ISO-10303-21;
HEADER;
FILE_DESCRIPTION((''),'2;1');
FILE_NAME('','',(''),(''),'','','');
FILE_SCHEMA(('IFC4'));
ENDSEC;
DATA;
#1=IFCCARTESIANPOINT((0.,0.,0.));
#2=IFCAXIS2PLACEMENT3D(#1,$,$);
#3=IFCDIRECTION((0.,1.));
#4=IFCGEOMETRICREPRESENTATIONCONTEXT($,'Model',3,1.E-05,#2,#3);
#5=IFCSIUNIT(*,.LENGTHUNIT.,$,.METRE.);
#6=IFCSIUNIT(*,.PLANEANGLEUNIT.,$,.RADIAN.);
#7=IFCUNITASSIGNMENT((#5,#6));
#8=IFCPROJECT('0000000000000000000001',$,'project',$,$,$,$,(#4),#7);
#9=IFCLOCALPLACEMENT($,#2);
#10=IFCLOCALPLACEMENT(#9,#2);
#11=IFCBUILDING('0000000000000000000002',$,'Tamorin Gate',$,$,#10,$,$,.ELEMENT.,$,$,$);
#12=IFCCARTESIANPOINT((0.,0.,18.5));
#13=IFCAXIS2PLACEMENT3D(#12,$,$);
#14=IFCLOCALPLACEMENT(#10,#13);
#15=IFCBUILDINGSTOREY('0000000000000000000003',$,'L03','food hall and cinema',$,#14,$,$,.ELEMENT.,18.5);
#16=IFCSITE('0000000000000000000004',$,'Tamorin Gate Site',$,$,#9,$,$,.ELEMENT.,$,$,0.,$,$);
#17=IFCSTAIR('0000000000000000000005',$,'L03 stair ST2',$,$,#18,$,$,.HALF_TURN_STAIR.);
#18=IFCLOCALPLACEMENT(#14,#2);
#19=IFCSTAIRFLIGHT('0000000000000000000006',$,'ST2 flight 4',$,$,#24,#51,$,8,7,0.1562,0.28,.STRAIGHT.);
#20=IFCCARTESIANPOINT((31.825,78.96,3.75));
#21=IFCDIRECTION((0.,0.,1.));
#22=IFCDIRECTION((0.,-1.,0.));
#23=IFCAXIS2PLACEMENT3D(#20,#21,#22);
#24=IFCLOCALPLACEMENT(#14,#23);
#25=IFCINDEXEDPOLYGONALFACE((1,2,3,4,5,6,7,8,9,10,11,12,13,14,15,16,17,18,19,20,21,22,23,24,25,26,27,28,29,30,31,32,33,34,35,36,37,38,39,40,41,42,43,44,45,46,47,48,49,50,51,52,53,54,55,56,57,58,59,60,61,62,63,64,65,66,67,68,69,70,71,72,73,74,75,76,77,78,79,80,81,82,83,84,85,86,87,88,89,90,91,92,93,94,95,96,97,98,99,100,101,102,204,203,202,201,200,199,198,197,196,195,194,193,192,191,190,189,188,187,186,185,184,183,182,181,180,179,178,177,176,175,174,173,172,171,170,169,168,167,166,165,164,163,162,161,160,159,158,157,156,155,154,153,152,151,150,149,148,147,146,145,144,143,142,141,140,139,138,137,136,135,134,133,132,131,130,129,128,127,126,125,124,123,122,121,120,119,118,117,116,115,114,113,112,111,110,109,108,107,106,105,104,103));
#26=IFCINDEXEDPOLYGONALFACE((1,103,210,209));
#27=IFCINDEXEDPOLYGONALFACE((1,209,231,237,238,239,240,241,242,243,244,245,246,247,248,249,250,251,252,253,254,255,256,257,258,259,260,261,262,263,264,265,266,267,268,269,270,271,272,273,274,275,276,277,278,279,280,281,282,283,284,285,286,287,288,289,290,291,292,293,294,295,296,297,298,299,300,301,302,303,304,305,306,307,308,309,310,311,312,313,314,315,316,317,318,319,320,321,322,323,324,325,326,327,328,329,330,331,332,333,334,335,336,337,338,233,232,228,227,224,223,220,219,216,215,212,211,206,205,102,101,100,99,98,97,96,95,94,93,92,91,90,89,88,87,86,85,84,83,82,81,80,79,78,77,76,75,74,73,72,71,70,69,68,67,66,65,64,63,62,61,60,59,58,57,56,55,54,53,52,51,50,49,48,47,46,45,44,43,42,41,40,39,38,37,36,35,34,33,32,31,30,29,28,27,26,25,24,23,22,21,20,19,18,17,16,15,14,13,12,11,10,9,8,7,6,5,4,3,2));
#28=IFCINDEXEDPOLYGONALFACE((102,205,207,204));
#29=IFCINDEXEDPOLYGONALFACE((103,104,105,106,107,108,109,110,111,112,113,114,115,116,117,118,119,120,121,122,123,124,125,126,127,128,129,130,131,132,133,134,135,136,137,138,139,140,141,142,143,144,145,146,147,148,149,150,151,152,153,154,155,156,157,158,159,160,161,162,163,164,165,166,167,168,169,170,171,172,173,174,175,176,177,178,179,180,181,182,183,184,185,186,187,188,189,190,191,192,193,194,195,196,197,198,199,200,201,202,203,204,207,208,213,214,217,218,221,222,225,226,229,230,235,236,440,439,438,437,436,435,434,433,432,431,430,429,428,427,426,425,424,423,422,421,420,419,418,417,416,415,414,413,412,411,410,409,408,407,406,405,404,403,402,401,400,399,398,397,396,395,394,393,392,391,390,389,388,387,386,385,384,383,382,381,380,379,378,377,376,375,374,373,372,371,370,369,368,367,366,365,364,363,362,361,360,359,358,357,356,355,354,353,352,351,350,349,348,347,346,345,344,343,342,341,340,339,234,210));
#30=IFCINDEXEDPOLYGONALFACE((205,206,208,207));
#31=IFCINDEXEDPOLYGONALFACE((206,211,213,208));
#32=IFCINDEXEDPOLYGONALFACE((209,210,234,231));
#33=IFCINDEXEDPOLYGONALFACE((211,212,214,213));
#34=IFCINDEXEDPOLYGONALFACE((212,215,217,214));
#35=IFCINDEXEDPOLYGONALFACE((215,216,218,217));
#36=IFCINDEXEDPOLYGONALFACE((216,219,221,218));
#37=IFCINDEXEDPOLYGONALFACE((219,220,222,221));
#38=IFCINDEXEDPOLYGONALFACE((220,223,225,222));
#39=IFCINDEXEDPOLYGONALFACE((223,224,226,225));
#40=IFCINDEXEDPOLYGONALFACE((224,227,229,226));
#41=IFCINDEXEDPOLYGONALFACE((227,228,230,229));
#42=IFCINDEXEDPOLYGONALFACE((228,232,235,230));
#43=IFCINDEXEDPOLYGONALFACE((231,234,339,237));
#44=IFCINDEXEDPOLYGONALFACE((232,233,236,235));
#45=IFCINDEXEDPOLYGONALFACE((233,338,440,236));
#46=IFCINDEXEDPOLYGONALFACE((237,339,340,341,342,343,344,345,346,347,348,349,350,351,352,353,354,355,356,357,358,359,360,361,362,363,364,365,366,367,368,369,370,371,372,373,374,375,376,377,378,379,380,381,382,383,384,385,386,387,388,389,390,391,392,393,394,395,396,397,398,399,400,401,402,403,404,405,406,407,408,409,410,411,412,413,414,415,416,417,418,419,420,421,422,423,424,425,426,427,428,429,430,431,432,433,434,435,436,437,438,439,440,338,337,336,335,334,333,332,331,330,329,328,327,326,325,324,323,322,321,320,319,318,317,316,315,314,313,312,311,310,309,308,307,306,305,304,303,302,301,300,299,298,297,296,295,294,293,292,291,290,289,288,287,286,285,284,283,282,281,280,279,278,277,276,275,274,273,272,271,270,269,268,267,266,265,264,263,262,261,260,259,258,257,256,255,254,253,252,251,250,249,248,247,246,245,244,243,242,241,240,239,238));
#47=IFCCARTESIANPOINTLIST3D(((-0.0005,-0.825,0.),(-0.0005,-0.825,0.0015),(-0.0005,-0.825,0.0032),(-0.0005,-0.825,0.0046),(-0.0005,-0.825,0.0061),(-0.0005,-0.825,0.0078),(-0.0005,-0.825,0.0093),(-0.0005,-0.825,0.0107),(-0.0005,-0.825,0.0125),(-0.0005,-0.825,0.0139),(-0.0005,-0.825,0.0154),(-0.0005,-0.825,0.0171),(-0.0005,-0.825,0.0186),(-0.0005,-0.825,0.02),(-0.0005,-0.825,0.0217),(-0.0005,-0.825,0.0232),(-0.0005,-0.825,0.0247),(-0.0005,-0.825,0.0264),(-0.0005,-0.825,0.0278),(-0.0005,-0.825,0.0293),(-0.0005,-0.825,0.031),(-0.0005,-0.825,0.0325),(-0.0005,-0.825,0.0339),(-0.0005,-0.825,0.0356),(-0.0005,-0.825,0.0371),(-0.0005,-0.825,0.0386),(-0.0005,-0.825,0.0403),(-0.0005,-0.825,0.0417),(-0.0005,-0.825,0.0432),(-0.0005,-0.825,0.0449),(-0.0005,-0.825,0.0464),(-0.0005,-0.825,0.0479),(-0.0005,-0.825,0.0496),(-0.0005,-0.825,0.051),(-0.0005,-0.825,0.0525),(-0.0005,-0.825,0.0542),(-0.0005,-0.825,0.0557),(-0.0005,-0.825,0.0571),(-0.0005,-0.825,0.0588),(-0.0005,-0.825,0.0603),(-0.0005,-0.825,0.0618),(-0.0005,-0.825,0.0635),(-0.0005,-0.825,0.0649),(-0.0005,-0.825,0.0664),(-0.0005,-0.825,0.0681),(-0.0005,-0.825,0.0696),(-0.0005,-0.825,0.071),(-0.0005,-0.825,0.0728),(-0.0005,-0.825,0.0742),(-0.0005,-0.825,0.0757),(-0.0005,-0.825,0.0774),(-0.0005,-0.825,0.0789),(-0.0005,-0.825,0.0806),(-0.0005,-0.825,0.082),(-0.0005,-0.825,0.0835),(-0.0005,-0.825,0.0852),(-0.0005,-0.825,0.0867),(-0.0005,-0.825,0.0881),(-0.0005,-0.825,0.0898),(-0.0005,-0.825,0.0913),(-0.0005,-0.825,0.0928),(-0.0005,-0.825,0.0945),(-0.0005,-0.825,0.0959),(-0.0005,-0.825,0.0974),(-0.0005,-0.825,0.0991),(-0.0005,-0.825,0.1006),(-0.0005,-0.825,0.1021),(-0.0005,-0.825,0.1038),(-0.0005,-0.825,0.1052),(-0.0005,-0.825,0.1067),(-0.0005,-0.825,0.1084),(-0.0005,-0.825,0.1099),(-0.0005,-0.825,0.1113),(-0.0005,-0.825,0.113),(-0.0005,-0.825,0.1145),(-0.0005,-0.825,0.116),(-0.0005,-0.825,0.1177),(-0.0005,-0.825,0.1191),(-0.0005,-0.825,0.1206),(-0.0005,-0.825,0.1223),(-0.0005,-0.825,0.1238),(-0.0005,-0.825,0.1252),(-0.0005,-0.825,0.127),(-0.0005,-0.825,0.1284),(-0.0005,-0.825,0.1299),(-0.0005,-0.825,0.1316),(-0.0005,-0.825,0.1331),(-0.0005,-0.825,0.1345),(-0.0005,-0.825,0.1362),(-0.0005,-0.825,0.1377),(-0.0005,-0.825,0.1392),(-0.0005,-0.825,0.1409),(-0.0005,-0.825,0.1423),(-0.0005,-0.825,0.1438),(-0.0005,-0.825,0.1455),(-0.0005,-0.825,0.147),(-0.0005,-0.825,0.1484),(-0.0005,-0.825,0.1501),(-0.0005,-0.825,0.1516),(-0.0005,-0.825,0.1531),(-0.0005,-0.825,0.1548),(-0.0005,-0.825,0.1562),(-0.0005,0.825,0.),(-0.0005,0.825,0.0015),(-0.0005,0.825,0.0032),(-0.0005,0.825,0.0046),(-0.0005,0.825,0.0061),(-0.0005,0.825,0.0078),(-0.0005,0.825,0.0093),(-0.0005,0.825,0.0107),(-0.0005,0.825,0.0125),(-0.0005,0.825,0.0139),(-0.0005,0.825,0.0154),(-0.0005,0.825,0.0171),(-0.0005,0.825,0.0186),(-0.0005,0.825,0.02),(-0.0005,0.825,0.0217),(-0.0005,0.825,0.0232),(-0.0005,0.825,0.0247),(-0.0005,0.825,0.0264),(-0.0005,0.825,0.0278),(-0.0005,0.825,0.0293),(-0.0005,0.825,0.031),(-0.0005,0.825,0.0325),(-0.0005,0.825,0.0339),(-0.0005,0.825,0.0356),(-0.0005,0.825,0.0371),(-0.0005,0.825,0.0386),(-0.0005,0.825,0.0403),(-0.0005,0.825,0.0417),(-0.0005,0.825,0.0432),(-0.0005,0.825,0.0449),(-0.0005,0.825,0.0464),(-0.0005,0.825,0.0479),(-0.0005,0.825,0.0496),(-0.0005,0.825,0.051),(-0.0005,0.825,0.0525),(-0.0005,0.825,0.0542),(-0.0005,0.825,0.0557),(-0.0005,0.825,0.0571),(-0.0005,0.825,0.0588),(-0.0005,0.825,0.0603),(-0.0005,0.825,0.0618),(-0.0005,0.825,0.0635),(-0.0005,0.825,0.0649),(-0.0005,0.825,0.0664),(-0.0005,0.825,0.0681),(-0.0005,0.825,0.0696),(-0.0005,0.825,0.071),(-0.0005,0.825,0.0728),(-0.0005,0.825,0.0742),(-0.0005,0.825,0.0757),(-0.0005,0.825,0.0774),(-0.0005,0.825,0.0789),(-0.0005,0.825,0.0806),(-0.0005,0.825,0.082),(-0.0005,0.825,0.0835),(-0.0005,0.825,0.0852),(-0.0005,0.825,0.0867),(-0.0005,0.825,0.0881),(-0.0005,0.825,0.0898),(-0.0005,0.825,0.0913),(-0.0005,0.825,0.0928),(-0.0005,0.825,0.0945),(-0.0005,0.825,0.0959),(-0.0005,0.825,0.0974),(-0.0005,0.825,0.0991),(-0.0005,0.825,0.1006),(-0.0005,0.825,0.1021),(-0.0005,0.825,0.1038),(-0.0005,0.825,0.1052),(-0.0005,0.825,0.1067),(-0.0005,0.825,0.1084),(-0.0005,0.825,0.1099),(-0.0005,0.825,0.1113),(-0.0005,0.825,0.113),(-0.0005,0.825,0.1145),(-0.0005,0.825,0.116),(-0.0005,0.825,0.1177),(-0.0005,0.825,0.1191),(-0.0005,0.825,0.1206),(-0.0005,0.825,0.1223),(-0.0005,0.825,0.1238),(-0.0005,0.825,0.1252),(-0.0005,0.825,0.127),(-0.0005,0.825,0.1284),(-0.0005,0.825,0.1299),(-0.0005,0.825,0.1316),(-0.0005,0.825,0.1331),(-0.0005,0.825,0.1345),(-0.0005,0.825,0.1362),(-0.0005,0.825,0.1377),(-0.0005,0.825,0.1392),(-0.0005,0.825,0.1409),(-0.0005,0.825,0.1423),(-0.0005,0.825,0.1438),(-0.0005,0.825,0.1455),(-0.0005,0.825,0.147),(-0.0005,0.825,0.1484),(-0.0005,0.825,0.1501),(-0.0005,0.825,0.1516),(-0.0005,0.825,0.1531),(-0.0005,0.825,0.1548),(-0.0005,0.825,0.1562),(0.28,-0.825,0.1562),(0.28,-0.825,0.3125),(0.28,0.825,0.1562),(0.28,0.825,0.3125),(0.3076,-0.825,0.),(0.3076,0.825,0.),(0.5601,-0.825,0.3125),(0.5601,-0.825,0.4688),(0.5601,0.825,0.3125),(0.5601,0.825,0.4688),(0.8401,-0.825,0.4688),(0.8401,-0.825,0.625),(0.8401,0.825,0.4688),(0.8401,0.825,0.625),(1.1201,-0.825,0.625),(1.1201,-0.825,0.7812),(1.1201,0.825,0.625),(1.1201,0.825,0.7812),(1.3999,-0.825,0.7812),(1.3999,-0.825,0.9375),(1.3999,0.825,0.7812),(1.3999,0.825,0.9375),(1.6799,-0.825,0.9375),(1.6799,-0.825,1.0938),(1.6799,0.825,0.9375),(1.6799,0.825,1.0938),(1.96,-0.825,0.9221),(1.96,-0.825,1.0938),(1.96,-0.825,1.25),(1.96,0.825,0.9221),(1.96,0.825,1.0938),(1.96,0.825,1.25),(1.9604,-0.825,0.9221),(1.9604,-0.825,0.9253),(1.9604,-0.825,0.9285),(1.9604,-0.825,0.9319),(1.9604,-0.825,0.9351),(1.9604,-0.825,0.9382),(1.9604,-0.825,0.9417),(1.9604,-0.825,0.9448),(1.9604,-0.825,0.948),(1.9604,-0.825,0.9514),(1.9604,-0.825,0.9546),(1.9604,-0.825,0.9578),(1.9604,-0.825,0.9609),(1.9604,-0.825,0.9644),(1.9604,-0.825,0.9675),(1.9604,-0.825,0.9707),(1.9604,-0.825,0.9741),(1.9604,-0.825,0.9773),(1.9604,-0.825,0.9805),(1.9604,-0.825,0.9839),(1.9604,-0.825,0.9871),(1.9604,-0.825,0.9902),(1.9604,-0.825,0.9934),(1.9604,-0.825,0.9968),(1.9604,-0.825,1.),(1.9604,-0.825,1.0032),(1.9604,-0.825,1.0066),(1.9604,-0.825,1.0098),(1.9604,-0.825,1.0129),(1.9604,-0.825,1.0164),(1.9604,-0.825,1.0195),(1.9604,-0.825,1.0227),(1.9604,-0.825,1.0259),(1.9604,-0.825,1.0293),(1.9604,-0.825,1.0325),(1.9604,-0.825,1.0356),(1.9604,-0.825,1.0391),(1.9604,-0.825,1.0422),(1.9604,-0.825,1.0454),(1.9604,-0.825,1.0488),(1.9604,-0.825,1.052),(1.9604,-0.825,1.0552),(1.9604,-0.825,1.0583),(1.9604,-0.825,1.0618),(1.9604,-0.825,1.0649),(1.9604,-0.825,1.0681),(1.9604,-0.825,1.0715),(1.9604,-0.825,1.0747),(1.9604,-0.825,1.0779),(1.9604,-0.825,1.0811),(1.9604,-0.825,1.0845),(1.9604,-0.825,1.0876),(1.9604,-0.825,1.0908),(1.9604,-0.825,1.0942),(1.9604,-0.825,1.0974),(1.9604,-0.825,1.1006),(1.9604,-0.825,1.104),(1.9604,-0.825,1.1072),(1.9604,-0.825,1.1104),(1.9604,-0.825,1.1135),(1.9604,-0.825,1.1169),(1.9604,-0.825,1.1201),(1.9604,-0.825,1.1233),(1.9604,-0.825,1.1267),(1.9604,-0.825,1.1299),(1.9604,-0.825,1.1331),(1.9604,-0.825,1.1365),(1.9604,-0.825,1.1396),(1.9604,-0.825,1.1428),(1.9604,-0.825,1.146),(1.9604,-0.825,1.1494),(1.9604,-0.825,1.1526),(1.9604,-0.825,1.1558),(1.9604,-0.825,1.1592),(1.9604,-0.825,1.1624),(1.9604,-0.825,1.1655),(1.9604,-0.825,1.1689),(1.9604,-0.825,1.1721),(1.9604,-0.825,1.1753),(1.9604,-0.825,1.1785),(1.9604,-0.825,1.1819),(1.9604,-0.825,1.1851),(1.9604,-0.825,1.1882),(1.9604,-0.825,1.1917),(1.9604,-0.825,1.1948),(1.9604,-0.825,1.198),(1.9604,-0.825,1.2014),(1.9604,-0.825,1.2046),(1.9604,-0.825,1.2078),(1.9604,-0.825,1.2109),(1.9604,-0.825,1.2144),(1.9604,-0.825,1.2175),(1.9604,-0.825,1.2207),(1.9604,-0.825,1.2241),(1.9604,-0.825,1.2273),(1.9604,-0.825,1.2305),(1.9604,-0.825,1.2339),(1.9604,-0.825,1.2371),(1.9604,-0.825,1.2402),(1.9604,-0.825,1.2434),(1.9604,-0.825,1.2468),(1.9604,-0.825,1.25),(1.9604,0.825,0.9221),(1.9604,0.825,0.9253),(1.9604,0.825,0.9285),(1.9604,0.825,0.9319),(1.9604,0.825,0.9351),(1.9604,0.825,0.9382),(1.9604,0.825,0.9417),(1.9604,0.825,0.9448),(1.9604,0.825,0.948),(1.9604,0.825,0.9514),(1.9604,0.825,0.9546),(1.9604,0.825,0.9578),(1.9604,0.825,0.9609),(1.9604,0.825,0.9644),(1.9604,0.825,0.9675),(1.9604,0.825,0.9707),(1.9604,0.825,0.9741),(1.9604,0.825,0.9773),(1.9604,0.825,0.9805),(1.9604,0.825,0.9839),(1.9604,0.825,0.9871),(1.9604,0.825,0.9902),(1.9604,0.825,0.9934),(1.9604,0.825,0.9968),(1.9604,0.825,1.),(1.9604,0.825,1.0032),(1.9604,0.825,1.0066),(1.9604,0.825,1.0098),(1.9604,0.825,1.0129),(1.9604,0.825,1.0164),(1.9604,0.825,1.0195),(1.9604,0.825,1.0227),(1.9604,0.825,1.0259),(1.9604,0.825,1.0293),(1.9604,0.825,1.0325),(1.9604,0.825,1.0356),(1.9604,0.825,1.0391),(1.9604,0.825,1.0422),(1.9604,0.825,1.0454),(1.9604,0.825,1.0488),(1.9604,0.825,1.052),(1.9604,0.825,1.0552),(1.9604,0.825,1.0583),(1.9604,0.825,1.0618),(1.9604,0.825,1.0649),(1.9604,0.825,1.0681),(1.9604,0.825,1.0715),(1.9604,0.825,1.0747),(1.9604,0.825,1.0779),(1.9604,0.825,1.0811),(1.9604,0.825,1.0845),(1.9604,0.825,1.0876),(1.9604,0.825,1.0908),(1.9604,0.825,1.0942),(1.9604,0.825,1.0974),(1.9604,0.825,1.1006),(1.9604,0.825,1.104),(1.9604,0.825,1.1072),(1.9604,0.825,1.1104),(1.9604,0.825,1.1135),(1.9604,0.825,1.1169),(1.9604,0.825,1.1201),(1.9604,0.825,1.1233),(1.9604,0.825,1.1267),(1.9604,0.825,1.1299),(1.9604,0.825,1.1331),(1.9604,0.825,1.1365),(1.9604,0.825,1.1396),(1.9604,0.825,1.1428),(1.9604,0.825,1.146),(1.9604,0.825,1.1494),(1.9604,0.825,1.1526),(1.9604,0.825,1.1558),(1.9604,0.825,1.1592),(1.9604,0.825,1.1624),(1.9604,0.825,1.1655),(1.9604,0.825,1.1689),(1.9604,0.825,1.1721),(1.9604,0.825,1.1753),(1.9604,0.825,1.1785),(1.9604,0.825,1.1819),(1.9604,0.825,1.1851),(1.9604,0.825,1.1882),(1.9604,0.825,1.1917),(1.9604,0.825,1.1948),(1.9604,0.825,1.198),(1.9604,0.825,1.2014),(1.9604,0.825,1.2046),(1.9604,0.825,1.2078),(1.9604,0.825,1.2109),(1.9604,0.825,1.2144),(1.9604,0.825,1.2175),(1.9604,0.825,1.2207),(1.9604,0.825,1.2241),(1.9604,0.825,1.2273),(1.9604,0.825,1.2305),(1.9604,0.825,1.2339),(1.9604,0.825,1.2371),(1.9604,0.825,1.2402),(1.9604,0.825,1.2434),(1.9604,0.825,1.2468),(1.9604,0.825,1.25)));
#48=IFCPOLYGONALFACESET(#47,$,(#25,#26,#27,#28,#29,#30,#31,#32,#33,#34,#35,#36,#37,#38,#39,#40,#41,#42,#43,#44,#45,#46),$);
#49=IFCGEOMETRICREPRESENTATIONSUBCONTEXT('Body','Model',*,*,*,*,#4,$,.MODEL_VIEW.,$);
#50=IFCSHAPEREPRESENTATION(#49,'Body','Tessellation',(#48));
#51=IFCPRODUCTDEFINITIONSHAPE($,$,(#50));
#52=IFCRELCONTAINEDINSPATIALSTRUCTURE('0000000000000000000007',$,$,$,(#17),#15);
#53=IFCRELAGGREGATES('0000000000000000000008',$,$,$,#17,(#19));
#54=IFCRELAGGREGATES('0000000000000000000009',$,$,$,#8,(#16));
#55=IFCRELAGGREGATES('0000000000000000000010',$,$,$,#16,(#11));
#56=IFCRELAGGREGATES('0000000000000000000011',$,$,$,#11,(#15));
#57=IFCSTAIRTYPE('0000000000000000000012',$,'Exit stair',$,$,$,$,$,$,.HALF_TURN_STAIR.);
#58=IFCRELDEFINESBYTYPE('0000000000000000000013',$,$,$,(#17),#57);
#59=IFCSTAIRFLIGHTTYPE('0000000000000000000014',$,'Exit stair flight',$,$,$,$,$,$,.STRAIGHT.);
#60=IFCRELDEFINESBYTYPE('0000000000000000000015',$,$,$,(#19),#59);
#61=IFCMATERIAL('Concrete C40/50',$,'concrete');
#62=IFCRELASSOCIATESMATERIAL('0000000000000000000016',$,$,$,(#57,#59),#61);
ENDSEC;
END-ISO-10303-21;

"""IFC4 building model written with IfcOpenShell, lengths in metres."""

from ifc_helpers import new_model, si_unit, direction, frame, origin, place, context, subcontext, project, spatial, polyline, outline, extrude, material, type_object, element, aggregate, save


model = new_model("IFC4")

# Units and contexts
model_context = context("Model", 3, precision=1e-05, world=origin(), true_north=direction((0.0, 1.0)))
body_context = subcontext(model_context, "Body", "Model", "MODEL_VIEW")
ifc_project = project(units=[si_unit("LENGTHUNIT", "METRE"), si_unit("PLANEANGLEUNIT", "RADIAN")], contexts=[model_context])

# Site, building, storey
site_placement = place(None, origin())
site = spatial("IfcSite", under=ifc_project, at=site_placement, Name="Tamorin Gate Site", CompositionType="ELEMENT", RefElevation=0.0)
building_placement = place(site_placement, origin())
building = spatial("IfcBuilding", under=site, at=building_placement, Name="Tamorin Gate", CompositionType="ELEMENT")
storey_placement = place(building_placement, frame((0.0, 0.0, 18.5)))
storey = spatial("IfcBuildingStorey", under=building, at=storey_placement, Name="L03", Description="food hall and cinema", CompositionType="ELEMENT", Elevation=18.5)

# Stair, stair flight
ifc_material_1 = material(Name="Concrete C40/50", Category="concrete")
stair_type = type_object("IfcStairType", Name="Exit stair", PredefinedType="HALF_TURN_STAIR", material=ifc_material_1)
stair_placement = place(storey_placement, origin())
stair = element("IfcStair", 1, at=stair_placement, inside=storey, type_object=stair_type, Name="L03 stair ST2", PredefinedType="HALF_TURN_STAIR")
stair_flight_type = type_object("IfcStairFlightType", Name="Exit stair flight", PredefinedType="STRAIGHT", material=ifc_material_1)
stair_flight_1_placement = place(storey_placement, frame((31.825, 78.96, 3.75), z_axis=(0.0, 0.0, 1.0), x_axis=(0.0, -1.0, 0.0)))
stair_flight_1 = element("IfcStairFlight", 2, at=stair_flight_1_placement, type_object=stair_flight_type, Name="ST2 flight 4", NumberOfRisers=8, NumberOfTreads=7, PredefinedType="STRAIGHT", RiserHeight=0.1562, TreadLength=0.28, context=body_context, shape_type="SweptSolid", body=[
    extrude(outline(polyline([(-0.0005, 0.0), (-0.0005, 0.0015), (-0.0005, 0.0032), (-0.0005, 0.0046), (-0.0005, 0.0061), (-0.0005, 0.0078), (-0.0005, 0.0093), (-0.0005, 0.0107), (-0.0005, 0.0125), (-0.0005, 0.0139), (-0.0005, 0.0154), (-0.0005, 0.0171), (-0.0005, 0.0186), (-0.0005, 0.02), (-0.0005, 0.0217), (-0.0005, 0.0232), (-0.0005, 0.0247), (-0.0005, 0.0264), (-0.0005, 0.0278), (-0.0005, 0.0293), (-0.0005, 0.031), (-0.0005, 0.0325), (-0.0005, 0.0339), (-0.0005, 0.0356), (-0.0005, 0.0371), (-0.0005, 0.0386), (-0.0005, 0.0403), (-0.0005, 0.0417), (-0.0005, 0.0432), (-0.0005, 0.0449), (-0.0005, 0.0464), (-0.0005, 0.0479), (-0.0005, 0.0496), (-0.0005, 0.051), (-0.0005, 0.0525), (-0.0005, 0.0542), (-0.0005, 0.0557), (-0.0005, 0.0571), (-0.0005, 0.0588), (-0.0005, 0.0603), (-0.0005, 0.0618), (-0.0005, 0.0635), (-0.0005, 0.0649), (-0.0005, 0.0664), (-0.0005, 0.0681), (-0.0005, 0.0696), (-0.0005, 0.071), (-0.0005, 0.0728), (-0.0005, 0.0742), (-0.0005, 0.0757), (-0.0005, 0.0774), (-0.0005, 0.0789), (-0.0005, 0.0806), (-0.0005, 0.082), (-0.0005, 0.0835), (-0.0005, 0.0852), (-0.0005, 0.0867), (-0.0005, 0.0881), (-0.0005, 0.0898), (-0.0005, 0.0913), (-0.0005, 0.0928), (-0.0005, 0.0945), (-0.0005, 0.0959), (-0.0005, 0.0974), (-0.0005, 0.0991), (-0.0005, 0.1006), (-0.0005, 0.1021), (-0.0005, 0.1038), (-0.0005, 0.1052), (-0.0005, 0.1067), (-0.0005, 0.1084), (-0.0005, 0.1099), (-0.0005, 0.1113), (-0.0005, 0.113), (-0.0005, 0.1145), (-0.0005, 0.116), (-0.0005, 0.1177), (-0.0005, 0.1191), (-0.0005, 0.1206), (-0.0005, 0.1223), (-0.0005, 0.1238), (-0.0005, 0.1252), (-0.0005, 0.127), (-0.0005, 0.1284), (-0.0005, 0.1299), (-0.0005, 0.1316), (-0.0005, 0.1331), (-0.0005, 0.1345), (-0.0005, 0.1362), (-0.0005, 0.1377), (-0.0005, 0.1392), (-0.0005, 0.1409), (-0.0005, 0.1423), (-0.0005, 0.1438), (-0.0005, 0.1455), (-0.0005, 0.147), (-0.0005, 0.1484), (-0.0005, 0.1501), (-0.0005, 0.1516), (-0.0005, 0.1531), (-0.0005, 0.1548), (-0.0005, 0.1562), (0.28, 0.1562), (0.28, 0.3125), (0.5601, 0.3125), (0.5601, 0.4688), (0.8401, 0.4688), (0.8401, 0.625), (1.1201, 0.625), (1.1201, 0.7812), (1.3999, 0.7812), (1.3999, 0.9375), (1.6799, 0.9375), (1.6799, 1.0938), (1.96, 1.0938), (1.96, 1.25), (1.9604, 1.25), (1.9604, 1.2468), (1.9604, 1.2434), (1.9604, 1.2402), (1.9604, 1.2371), (1.9604, 1.2339), (1.9604, 1.2305), (1.9604, 1.2273), (1.9604, 1.2241), (1.9604, 1.2207), (1.9604, 1.2175), (1.9604, 1.2144), (1.9604, 1.2109), (1.9604, 1.2078), (1.9604, 1.2046), (1.9604, 1.2014), (1.9604, 1.198), (1.9604, 1.1948), (1.9604, 1.1917), (1.9604, 1.1882), (1.9604, 1.1851), (1.9604, 1.1819), (1.9604, 1.1785), (1.9604, 1.1753), (1.9604, 1.1721), (1.9604, 1.1689), (1.9604, 1.1655), (1.9604, 1.1624), (1.9604, 1.1592), (1.9604, 1.1558), (1.9604, 1.1526), (1.9604, 1.1494), (1.9604, 1.146), (1.9604, 1.1428), (1.9604, 1.1396), (1.9604, 1.1365), (1.9604, 1.1331), (1.9604, 1.1299), (1.9604, 1.1267), (1.9604, 1.1233), (1.9604, 1.1201), (1.9604, 1.1169), (1.9604, 1.1135), (1.9604, 1.1104), (1.9604, 1.1072), (1.9604, 1.104), (1.9604, 1.1006), (1.9604, 1.0974), (1.9604, 1.0942), (1.9604, 1.0908), (1.9604, 1.0876), (1.9604, 1.0845), (1.9604, 1.0811), (1.9604, 1.0779), (1.9604, 1.0747), (1.9604, 1.0715), (1.9604, 1.0681), (1.9604, 1.0649), (1.9604, 1.0618), (1.9604, 1.0583), (1.9604, 1.0552), (1.9604, 1.052), (1.9604, 1.0488), (1.9604, 1.0454), (1.9604, 1.0422), (1.9604, 1.0391), (1.9604, 1.0356), (1.9604, 1.0325), (1.9604, 1.0293), (1.9604, 1.0259), (1.9604, 1.0227), (1.9604, 1.0195), (1.9604, 1.0164), (1.9604, 1.0129), (1.9604, 1.0098), (1.9604, 1.0066), (1.9604, 1.0032), (1.9604, 1.0), (1.9604, 0.9968), (1.9604, 0.9934), (1.9604, 0.9902), (1.9604, 0.9871), (1.9604, 0.9839), (1.9604, 0.9805), (1.9604, 0.9773), (1.9604, 0.9741), (1.9604, 0.9707), (1.9604, 0.9675), (1.9604, 0.9644), (1.9604, 0.9609), (1.9604, 0.9578), (1.9604, 0.9546), (1.9604, 0.9514), (1.9604, 0.948), (1.9604, 0.9448), (1.9604, 0.9417), (1.9604, 0.9382), (1.9604, 0.9351), (1.9604, 0.9319), (1.9604, 0.9285), (1.9604, 0.9253), (1.9604, 0.9221), (1.96, 0.9221), (0.3076, 0.0), (-0.0005, 0.0)])), frame((0.0, 0.825, 0.0), z_axis=(0.0, -1.0, 0.0), x_axis=(1.0, 0.0, 0.0)), (0.0, 0.0, 1.0), 1.6499),
])
aggregate(stair, [stair_flight_1])

save(model, "model.ifc")
